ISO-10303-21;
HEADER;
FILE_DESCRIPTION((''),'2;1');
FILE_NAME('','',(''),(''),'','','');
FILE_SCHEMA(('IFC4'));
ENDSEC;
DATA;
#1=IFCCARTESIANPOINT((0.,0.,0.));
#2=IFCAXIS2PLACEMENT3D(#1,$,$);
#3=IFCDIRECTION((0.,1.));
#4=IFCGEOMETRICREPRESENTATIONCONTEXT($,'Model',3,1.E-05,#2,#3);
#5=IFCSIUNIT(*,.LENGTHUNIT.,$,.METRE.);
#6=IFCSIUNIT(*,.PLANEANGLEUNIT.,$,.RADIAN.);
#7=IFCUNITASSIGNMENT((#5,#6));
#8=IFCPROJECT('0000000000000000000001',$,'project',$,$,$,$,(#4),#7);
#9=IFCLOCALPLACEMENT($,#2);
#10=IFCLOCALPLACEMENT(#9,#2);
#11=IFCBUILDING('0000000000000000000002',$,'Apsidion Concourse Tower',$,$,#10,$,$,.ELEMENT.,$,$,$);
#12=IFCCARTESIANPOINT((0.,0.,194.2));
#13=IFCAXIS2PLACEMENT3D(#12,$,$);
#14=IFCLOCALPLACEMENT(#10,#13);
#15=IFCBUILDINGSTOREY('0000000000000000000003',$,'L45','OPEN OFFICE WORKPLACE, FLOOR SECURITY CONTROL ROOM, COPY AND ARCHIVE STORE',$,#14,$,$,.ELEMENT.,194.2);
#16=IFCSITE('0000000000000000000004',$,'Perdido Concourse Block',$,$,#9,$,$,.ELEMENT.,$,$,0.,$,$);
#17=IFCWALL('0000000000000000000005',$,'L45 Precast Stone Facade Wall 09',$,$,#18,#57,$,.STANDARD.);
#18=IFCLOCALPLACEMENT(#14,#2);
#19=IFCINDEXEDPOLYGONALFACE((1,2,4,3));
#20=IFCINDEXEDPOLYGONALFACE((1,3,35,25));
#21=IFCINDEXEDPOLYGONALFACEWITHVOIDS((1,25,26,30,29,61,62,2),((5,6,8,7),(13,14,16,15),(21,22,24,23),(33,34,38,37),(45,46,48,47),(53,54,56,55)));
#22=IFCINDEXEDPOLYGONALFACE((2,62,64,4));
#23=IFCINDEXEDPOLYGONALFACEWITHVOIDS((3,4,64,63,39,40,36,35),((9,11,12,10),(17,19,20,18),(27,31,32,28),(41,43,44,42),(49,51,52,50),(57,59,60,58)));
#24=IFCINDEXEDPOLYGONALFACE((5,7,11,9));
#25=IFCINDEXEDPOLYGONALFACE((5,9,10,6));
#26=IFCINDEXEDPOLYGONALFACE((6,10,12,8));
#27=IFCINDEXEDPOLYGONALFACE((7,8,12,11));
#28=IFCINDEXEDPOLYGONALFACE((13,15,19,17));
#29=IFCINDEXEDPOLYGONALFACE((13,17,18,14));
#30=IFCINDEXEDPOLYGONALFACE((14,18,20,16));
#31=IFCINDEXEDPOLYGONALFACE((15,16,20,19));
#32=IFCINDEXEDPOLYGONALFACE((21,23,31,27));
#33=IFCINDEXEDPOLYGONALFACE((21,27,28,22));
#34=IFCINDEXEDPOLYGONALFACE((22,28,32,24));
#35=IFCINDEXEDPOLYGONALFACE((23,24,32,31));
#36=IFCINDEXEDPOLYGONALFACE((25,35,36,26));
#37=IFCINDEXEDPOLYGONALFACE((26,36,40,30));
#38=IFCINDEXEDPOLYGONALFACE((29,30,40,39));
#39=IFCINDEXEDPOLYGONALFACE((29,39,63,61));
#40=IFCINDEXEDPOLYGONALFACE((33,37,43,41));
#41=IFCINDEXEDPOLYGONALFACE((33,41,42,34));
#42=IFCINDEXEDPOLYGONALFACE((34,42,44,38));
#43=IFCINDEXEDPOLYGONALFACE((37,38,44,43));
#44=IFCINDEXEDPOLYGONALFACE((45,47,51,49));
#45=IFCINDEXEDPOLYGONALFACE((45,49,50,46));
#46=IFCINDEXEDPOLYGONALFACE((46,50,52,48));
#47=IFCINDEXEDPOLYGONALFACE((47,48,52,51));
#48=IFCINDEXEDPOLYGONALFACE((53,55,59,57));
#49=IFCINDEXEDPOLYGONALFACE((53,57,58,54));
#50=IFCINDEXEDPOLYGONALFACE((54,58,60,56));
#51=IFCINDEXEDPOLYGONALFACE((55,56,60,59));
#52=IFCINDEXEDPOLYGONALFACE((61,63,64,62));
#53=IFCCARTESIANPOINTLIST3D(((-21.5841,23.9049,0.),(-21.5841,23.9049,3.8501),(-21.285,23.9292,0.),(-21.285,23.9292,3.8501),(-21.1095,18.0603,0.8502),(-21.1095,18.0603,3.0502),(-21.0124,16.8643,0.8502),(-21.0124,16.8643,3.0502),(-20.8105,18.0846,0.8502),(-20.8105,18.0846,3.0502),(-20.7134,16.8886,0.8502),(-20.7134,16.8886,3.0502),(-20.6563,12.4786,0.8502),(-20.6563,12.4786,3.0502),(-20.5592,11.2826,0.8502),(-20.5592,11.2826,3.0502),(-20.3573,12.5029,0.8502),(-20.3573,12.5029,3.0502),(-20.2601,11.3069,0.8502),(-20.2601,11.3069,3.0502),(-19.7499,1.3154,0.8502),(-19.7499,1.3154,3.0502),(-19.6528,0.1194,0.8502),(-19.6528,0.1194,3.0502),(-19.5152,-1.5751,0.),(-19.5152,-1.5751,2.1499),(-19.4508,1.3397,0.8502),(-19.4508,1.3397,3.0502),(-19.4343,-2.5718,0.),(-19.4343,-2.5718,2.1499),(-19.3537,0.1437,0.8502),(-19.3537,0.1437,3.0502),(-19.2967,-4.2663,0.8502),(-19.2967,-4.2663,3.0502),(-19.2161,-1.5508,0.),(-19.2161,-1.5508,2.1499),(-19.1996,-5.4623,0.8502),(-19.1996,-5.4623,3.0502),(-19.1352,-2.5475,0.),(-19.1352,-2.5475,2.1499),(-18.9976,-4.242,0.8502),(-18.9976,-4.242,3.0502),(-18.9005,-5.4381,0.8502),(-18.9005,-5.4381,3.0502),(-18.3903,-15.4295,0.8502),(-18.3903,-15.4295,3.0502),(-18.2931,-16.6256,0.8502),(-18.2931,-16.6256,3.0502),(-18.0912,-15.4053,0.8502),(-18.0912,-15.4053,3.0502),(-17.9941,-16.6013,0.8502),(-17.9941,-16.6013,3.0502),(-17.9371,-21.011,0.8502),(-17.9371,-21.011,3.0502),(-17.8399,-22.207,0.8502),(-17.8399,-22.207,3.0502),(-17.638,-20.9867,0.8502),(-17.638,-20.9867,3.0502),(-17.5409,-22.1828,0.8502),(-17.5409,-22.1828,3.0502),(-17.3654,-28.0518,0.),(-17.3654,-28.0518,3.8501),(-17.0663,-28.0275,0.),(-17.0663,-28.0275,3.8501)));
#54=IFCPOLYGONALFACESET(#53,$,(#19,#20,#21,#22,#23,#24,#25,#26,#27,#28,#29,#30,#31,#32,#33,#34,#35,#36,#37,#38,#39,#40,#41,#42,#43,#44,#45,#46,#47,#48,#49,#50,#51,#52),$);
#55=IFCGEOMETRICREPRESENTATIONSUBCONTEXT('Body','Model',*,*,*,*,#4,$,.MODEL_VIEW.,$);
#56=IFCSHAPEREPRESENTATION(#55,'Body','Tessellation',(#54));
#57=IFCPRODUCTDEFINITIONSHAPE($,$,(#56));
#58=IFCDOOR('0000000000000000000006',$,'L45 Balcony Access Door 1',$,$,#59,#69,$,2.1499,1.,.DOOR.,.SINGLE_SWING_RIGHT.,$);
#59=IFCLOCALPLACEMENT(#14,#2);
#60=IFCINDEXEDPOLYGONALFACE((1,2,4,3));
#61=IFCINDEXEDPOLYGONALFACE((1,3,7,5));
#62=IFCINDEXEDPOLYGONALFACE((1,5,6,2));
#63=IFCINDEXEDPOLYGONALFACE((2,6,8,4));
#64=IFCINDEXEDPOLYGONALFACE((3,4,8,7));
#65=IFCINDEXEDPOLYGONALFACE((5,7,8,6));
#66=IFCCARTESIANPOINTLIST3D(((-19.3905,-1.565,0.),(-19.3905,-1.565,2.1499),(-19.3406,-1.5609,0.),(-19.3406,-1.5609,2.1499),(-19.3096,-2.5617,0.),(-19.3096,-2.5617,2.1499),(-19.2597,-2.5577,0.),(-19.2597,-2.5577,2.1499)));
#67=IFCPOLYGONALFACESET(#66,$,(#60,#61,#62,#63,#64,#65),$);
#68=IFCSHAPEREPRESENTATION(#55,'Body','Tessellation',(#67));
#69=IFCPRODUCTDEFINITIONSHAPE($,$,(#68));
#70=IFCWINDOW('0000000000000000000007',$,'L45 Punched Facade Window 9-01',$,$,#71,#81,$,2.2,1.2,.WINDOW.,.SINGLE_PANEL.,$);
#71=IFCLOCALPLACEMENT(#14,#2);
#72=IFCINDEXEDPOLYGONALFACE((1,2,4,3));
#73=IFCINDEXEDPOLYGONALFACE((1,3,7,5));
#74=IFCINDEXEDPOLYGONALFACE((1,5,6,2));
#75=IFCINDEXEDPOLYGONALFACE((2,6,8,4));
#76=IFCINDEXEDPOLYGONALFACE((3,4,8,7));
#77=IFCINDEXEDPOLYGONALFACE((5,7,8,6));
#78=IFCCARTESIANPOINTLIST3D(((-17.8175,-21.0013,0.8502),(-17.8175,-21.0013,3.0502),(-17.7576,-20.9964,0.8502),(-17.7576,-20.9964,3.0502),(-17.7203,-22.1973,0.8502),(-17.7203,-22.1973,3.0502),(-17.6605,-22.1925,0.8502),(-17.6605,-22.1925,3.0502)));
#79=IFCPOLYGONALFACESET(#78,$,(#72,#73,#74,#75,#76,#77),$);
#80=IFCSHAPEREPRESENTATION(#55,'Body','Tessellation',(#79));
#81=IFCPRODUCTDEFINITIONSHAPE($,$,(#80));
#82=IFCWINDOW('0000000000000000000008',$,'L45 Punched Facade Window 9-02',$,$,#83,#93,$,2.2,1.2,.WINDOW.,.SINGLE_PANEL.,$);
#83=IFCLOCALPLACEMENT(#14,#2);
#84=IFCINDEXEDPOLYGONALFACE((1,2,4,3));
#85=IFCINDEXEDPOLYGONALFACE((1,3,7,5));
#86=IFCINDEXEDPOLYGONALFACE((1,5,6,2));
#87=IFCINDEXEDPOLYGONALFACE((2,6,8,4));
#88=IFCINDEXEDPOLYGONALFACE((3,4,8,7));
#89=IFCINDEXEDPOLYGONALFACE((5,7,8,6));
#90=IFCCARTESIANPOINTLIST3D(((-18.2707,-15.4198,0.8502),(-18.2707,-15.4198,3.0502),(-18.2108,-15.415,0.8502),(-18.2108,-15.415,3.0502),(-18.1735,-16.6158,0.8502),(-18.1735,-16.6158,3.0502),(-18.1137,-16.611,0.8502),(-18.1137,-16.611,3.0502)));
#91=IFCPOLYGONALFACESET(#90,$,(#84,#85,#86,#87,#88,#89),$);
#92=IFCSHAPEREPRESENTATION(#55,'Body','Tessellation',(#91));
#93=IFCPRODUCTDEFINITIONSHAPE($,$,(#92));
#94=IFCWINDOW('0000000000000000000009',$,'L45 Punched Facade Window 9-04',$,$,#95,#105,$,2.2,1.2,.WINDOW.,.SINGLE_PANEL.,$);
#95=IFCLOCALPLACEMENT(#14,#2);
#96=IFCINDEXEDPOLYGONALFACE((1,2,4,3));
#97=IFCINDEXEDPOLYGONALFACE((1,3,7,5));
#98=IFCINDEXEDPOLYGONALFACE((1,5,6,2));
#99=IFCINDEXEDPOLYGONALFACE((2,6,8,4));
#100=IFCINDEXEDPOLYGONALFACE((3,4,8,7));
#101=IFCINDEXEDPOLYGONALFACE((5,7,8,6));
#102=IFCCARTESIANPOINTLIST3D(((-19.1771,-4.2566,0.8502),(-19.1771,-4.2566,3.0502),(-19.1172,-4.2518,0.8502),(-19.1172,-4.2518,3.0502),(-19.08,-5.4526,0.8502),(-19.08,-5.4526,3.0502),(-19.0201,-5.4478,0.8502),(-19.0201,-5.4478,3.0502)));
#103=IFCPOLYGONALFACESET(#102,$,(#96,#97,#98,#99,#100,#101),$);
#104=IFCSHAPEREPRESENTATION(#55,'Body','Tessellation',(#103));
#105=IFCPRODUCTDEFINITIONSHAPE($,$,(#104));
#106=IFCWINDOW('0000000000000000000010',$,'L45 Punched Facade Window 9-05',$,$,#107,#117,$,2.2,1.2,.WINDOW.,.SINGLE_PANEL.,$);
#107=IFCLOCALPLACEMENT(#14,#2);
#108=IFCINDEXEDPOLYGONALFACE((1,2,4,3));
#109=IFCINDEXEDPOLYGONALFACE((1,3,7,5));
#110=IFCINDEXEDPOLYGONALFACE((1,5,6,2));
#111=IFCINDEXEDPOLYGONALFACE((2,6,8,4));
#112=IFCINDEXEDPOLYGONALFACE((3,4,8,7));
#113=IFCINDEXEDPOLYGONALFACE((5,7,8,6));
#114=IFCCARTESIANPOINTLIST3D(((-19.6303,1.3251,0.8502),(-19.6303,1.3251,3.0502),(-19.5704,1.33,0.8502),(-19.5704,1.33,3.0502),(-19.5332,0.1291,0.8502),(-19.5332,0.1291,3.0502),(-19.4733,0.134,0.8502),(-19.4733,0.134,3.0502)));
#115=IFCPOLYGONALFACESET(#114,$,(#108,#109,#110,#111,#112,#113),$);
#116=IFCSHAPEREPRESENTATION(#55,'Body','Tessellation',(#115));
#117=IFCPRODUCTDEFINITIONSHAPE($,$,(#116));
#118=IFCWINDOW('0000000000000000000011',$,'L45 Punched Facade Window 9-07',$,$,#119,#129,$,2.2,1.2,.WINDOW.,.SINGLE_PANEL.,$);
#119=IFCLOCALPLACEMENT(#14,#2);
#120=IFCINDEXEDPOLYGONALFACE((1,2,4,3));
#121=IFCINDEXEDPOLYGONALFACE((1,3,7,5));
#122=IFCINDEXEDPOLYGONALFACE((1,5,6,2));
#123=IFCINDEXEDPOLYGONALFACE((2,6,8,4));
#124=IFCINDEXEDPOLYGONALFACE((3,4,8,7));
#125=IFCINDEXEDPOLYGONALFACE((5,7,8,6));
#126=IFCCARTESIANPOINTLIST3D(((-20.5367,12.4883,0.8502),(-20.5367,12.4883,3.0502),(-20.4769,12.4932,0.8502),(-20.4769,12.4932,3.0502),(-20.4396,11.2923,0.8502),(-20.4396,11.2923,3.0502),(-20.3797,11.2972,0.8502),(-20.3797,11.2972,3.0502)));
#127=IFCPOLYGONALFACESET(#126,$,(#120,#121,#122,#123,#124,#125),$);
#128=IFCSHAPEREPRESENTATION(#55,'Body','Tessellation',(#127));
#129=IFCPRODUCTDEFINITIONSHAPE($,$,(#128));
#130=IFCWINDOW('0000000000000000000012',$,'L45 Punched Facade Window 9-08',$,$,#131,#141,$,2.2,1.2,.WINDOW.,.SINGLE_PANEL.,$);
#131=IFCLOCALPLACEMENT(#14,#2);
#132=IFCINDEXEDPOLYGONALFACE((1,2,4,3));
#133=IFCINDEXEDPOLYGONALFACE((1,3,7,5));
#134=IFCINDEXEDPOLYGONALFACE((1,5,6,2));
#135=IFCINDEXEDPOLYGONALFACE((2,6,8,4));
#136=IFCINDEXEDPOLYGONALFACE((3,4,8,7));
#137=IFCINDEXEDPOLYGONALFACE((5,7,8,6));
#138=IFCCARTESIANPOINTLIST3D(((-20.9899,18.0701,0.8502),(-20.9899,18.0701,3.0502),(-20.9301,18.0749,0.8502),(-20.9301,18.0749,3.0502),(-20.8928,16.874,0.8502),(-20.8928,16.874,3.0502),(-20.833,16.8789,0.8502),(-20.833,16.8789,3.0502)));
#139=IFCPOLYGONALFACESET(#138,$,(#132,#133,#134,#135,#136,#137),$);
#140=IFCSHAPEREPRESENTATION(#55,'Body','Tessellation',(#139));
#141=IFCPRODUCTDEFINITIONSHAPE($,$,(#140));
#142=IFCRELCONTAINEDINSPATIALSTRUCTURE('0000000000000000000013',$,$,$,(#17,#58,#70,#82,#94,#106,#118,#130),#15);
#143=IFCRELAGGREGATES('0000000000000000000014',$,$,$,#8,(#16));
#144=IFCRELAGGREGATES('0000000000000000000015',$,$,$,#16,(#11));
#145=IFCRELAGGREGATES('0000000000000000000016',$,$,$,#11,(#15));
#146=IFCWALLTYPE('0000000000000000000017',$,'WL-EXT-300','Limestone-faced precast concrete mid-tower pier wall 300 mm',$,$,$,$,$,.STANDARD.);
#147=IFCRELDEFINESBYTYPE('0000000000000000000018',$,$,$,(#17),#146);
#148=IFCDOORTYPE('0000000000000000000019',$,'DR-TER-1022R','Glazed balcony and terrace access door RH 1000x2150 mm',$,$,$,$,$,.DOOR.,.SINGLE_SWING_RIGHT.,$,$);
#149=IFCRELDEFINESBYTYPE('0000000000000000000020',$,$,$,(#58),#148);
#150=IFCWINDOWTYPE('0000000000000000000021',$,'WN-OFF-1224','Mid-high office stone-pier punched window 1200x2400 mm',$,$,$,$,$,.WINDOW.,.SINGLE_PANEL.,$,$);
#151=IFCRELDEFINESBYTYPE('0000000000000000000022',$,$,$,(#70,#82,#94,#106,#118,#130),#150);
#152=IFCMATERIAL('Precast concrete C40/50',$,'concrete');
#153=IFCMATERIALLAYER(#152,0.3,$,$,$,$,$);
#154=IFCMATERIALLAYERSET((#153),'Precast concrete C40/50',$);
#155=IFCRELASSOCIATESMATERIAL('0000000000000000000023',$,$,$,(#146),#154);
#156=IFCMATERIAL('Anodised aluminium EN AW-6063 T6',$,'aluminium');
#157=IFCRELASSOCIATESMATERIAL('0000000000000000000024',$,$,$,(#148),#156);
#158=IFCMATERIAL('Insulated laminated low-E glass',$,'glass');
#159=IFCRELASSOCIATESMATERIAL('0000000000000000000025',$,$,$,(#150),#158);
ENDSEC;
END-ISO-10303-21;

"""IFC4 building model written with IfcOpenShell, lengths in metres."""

from ifc_helpers import new_model, si_unit, direction, frame, frame_2d, origin, place, context, subcontext, project, spatial, rectangle, extrude, material, layer, layer_set, type_object, element, fill, save


model = new_model("IFC4")

# Units and contexts
model_context = context("Model", 3, precision=1e-05, world=origin(), true_north=direction((0.0, 1.0)))
body_context = subcontext(model_context, "Body", "Model", "MODEL_VIEW")
ifc_project = project(units=[si_unit("LENGTHUNIT", "METRE"), si_unit("PLANEANGLEUNIT", "RADIAN")], contexts=[model_context])

# Site, building, storey
site_placement = place(None, origin())
site = spatial("IfcSite", under=ifc_project, at=site_placement, Name="Perdido Concourse Block", CompositionType="ELEMENT", RefElevation=0.0)
building_placement = place(site_placement, origin())
building = spatial("IfcBuilding", under=site, at=building_placement, Name="Apsidion Concourse Tower", CompositionType="ELEMENT")
storey_placement = place(building_placement, frame((0.0, 0.0, 194.2)))
storey = spatial("IfcBuildingStorey", under=building, at=storey_placement, Name="L45", Description="OPEN OFFICE WORKPLACE, FLOOR SECURITY CONTROL ROOM, COPY AND ARCHIVE STORE", CompositionType="ELEMENT", Elevation=194.2)

# Shared definitions
ifc_material_1 = material(Name="Precast concrete C40/50", Category="concrete")
ifc_layer_1 = layer(ifc_material_1, 0.3)
ifc_layer_set_1 = layer_set([ifc_layer_1], Name="Precast concrete C40/50")
wall_type = type_object("IfcWallType", Name="WL-EXT-300", Description="Limestone-faced precast concrete mid-tower pier wall 300 mm", PredefinedType="STANDARD", material=ifc_layer_set_1)

# Wall, openings, door, windows
wall_1_placement = place(storey_placement, frame((-17.2158, -28.0398, 0.0), z_axis=(0.0, 0.0, 1.0), x_axis=(-0.080931, 0.99672, 0.0)))
wall_1 = element("IfcWall", 1, at=wall_1_placement, inside=storey, type_object=wall_type, Name="L45 Precast Stone Facade Wall 09", PredefinedType="STANDARD", context=body_context, shape_type="SweptSolid", body=[
    extrude(rectangle(XDim=52.1277, YDim=0.3, at=frame_2d((26.064, 0.0))), origin(), (0.0, 0.0, 1.0), 3.8501),
])
opening_1_placement = place(wall_1_placement, frame((25.564, 0.0, 0.0)))
opening_1 = element("IfcOpeningElement", 2, at=opening_1_placement, cuts=wall_1, PredefinedType="OPENING", context=body_context, shape_type="SweptSolid", body=[
    extrude(rectangle(XDim=1.0, YDim=2.1499, at=frame_2d((0.5, 1.075))), frame((0.0, 0.1602, 0.0), z_axis=(0.0, -1.0, 0.0), x_axis=(1.0, 0.0, 0.0)), (0.0, 0.0, 1.0), 0.3201),
])
opening_2_placement = place(wall_1_placement, frame((5.864, 0.0, 0.8501)))
opening_2 = element("IfcOpeningElement", 3, at=opening_2_placement, cuts=wall_1, PredefinedType="OPENING", context=body_context, shape_type="SweptSolid", body=[
    extrude(rectangle(XDim=1.2, YDim=2.2, at=frame_2d((0.6001, 1.1001))), frame((0.0, 0.1602, 0.0), z_axis=(0.0, -1.0, 0.0), x_axis=(1.0, 0.0, 0.0)), (0.0, 0.0, 1.0), 0.3201),
])
opening_3_placement = place(wall_1_placement, frame((11.4639, 0.0, 0.8501)))
opening_3 = element("IfcOpeningElement", 4, at=opening_3_placement, cuts=wall_1, PredefinedType="OPENING", context=body_context, shape_type="SweptSolid", body=[
    extrude(rectangle(XDim=1.2, YDim=2.2, at=frame_2d((0.6001, 1.1001))), frame((0.0, 0.1602, 0.0), z_axis=(0.0, -1.0, 0.0), x_axis=(1.0, 0.0, 0.0)), (0.0, 0.0, 1.0), 0.3201),
])
opening_4_placement = place(wall_1_placement, frame((22.6638, 0.0, 0.8501)))
opening_4 = element("IfcOpeningElement", 5, at=opening_4_placement, cuts=wall_1, PredefinedType="OPENING", context=body_context, shape_type="SweptSolid", body=[
    extrude(rectangle(XDim=1.2, YDim=2.2, at=frame_2d((0.6001, 1.1001))), frame((0.0, 0.1602, 0.0), z_axis=(0.0, -1.0, 0.0), x_axis=(1.0, 0.0, 0.0)), (0.0, 0.0, 1.0), 0.3201),
])
opening_5_placement = place(wall_1_placement, frame((28.2639, 0.0, 0.8501)))
opening_5 = element("IfcOpeningElement", 6, at=opening_5_placement, cuts=wall_1, PredefinedType="OPENING", context=body_context, shape_type="SweptSolid", body=[
    extrude(rectangle(XDim=1.2, YDim=2.2, at=frame_2d((0.6001, 1.1001))), frame((0.0, 0.1602, 0.0), z_axis=(0.0, -1.0, 0.0), x_axis=(1.0, 0.0, 0.0)), (0.0, 0.0, 1.0), 0.3201),
])
opening_6_placement = place(wall_1_placement, frame((39.4639, 0.0, 0.8501)))
opening_6 = element("IfcOpeningElement", 7, at=opening_6_placement, cuts=wall_1, PredefinedType="OPENING", context=body_context, shape_type="SweptSolid", body=[
    extrude(rectangle(XDim=1.2, YDim=2.2, at=frame_2d((0.6001, 1.1001))), frame((0.0, 0.1602, 0.0), z_axis=(0.0, -1.0, 0.0), x_axis=(1.0, 0.0, 0.0)), (0.0, 0.0, 1.0), 0.3201),
])
opening_7_placement = place(wall_1_placement, frame((45.064, 0.0, 0.8501)))
opening_7 = element("IfcOpeningElement", 8, at=opening_7_placement, cuts=wall_1, PredefinedType="OPENING", context=body_context, shape_type="SweptSolid", body=[
    extrude(rectangle(XDim=1.2, YDim=2.2, at=frame_2d((0.6001, 1.1001))), frame((0.0, 0.1602, 0.0), z_axis=(0.0, -1.0, 0.0), x_axis=(1.0, 0.0, 0.0)), (0.0, 0.0, 1.0), 0.3201),
])
ifc_material_2 = material(Name="Anodised aluminium EN AW-6063 T6", Category="aluminium")
door_type = type_object("IfcDoorType", Name="DR-TER-1022R", Description="Glazed balcony and terrace access door RH 1000x2150 mm", OperationType="SINGLE_SWING_RIGHT", PredefinedType="DOOR", material=ifc_material_2)
door_placement = place(opening_1_placement, origin())
door = element("IfcDoor", 9, at=door_placement, inside=storey, type_object=door_type, Name="L45 Balcony Access Door 1", OperationType="SINGLE_SWING_RIGHT", OverallHeight=2.1499, OverallWidth=1.0, PredefinedType="DOOR", context=body_context, shape_type="SweptSolid", body=[
    extrude(rectangle(XDim=1.0, YDim=2.1499, at=frame_2d((0.5, 1.075))), frame((0.0, 0.0249, 0.0), z_axis=(0.0, -1.0, 0.0), x_axis=(1.0, 0.0, 0.0)), (0.0, 0.0, 1.0), 0.05),
])
fill(opening_1, door)
ifc_material_3 = material(Name="Insulated laminated low-E glass", Category="glass")
window_type = type_object("IfcWindowType", Name="WN-OFF-1224", Description="Mid-high office stone-pier punched window 1200x2400 mm", PartitioningType="SINGLE_PANEL", PredefinedType="WINDOW", material=ifc_material_3)
window_1_placement = place(opening_2_placement, origin())
window_1 = element("IfcWindow", 10, at=window_1_placement, inside=storey, type_object=window_type, Name="L45 Punched Facade Window 9-01", OverallHeight=2.2, OverallWidth=1.2, PartitioningType="SINGLE_PANEL", PredefinedType="WINDOW", context=body_context, shape_type="SweptSolid", body=[
    extrude(rectangle(XDim=1.2, YDim=2.2, at=frame_2d((0.6001, 1.1001))), frame((0.0, 0.03, 0.0), z_axis=(0.0, -1.0, 0.0), x_axis=(1.0, 0.0, 0.0)), (0.0, 0.0, 1.0), 0.0601),
])
fill(opening_2, window_1)
window_2_placement = place(opening_3_placement, origin())
window_2 = element("IfcWindow", 11, at=window_2_placement, inside=storey, type_object=window_type, Name="L45 Punched Facade Window 9-02", OverallHeight=2.2, OverallWidth=1.2, PartitioningType="SINGLE_PANEL", PredefinedType="WINDOW", context=body_context, shape_type="SweptSolid", body=[
    extrude(rectangle(XDim=1.2, YDim=2.2, at=frame_2d((0.6001, 1.1001))), frame((0.0, 0.03, 0.0), z_axis=(0.0, -1.0, 0.0), x_axis=(1.0, 0.0, 0.0)), (0.0, 0.0, 1.0), 0.0601),
])
fill(opening_3, window_2)
window_3_placement = place(opening_4_placement, origin())
window_3 = element("IfcWindow", 12, at=window_3_placement, inside=storey, type_object=window_type, Name="L45 Punched Facade Window 9-04", OverallHeight=2.2, OverallWidth=1.2, PartitioningType="SINGLE_PANEL", PredefinedType="WINDOW", context=body_context, shape_type="SweptSolid", body=[
    extrude(rectangle(XDim=1.2, YDim=2.2, at=frame_2d((0.6001, 1.1001))), frame((0.0, 0.03, 0.0), z_axis=(0.0, -1.0, 0.0), x_axis=(1.0, 0.0, 0.0)), (0.0, 0.0, 1.0), 0.0601),
])
fill(opening_4, window_3)
window_4_placement = place(opening_5_placement, origin())
window_4 = element("IfcWindow", 13, at=window_4_placement, inside=storey, type_object=window_type, Name="L45 Punched Facade Window 9-05", OverallHeight=2.2, OverallWidth=1.2, PartitioningType="SINGLE_PANEL", PredefinedType="WINDOW", context=body_context, shape_type="SweptSolid", body=[
    extrude(rectangle(XDim=1.2, YDim=2.2, at=frame_2d((0.6001, 1.1001))), frame((0.0, 0.03, 0.0), z_axis=(0.0, -1.0, 0.0), x_axis=(1.0, 0.0, 0.0)), (0.0, 0.0, 1.0), 0.0601),
])
fill(opening_5, window_4)
window_5_placement = place(opening_6_placement, origin())
window_5 = element("IfcWindow", 14, at=window_5_placement, inside=storey, type_object=window_type, Name="L45 Punched Facade Window 9-07", OverallHeight=2.2, OverallWidth=1.2, PartitioningType="SINGLE_PANEL", PredefinedType="WINDOW", context=body_context, shape_type="SweptSolid", body=[
    extrude(rectangle(XDim=1.2, YDim=2.2, at=frame_2d((0.6001, 1.1001))), frame((0.0, 0.03, 0.0), z_axis=(0.0, -1.0, 0.0), x_axis=(1.0, 0.0, 0.0)), (0.0, 0.0, 1.0), 0.0601),
])
fill(opening_6, window_5)
window_6_placement = place(opening_7_placement, origin())
window_6 = element("IfcWindow", 15, at=window_6_placement, inside=storey, type_object=window_type, Name="L45 Punched Facade Window 9-08", OverallHeight=2.2, OverallWidth=1.2, PartitioningType="SINGLE_PANEL", PredefinedType="WINDOW", context=body_context, shape_type="SweptSolid", body=[
    extrude(rectangle(XDim=1.2, YDim=2.2, at=frame_2d((0.6001, 1.1001))), frame((0.0, 0.03, 0.0), z_axis=(0.0, -1.0, 0.0), x_axis=(1.0, 0.0, 0.0)), (0.0, 0.0, 1.0), 0.0601),
])
fill(opening_7, window_6)

save(model, "model.ifc")
